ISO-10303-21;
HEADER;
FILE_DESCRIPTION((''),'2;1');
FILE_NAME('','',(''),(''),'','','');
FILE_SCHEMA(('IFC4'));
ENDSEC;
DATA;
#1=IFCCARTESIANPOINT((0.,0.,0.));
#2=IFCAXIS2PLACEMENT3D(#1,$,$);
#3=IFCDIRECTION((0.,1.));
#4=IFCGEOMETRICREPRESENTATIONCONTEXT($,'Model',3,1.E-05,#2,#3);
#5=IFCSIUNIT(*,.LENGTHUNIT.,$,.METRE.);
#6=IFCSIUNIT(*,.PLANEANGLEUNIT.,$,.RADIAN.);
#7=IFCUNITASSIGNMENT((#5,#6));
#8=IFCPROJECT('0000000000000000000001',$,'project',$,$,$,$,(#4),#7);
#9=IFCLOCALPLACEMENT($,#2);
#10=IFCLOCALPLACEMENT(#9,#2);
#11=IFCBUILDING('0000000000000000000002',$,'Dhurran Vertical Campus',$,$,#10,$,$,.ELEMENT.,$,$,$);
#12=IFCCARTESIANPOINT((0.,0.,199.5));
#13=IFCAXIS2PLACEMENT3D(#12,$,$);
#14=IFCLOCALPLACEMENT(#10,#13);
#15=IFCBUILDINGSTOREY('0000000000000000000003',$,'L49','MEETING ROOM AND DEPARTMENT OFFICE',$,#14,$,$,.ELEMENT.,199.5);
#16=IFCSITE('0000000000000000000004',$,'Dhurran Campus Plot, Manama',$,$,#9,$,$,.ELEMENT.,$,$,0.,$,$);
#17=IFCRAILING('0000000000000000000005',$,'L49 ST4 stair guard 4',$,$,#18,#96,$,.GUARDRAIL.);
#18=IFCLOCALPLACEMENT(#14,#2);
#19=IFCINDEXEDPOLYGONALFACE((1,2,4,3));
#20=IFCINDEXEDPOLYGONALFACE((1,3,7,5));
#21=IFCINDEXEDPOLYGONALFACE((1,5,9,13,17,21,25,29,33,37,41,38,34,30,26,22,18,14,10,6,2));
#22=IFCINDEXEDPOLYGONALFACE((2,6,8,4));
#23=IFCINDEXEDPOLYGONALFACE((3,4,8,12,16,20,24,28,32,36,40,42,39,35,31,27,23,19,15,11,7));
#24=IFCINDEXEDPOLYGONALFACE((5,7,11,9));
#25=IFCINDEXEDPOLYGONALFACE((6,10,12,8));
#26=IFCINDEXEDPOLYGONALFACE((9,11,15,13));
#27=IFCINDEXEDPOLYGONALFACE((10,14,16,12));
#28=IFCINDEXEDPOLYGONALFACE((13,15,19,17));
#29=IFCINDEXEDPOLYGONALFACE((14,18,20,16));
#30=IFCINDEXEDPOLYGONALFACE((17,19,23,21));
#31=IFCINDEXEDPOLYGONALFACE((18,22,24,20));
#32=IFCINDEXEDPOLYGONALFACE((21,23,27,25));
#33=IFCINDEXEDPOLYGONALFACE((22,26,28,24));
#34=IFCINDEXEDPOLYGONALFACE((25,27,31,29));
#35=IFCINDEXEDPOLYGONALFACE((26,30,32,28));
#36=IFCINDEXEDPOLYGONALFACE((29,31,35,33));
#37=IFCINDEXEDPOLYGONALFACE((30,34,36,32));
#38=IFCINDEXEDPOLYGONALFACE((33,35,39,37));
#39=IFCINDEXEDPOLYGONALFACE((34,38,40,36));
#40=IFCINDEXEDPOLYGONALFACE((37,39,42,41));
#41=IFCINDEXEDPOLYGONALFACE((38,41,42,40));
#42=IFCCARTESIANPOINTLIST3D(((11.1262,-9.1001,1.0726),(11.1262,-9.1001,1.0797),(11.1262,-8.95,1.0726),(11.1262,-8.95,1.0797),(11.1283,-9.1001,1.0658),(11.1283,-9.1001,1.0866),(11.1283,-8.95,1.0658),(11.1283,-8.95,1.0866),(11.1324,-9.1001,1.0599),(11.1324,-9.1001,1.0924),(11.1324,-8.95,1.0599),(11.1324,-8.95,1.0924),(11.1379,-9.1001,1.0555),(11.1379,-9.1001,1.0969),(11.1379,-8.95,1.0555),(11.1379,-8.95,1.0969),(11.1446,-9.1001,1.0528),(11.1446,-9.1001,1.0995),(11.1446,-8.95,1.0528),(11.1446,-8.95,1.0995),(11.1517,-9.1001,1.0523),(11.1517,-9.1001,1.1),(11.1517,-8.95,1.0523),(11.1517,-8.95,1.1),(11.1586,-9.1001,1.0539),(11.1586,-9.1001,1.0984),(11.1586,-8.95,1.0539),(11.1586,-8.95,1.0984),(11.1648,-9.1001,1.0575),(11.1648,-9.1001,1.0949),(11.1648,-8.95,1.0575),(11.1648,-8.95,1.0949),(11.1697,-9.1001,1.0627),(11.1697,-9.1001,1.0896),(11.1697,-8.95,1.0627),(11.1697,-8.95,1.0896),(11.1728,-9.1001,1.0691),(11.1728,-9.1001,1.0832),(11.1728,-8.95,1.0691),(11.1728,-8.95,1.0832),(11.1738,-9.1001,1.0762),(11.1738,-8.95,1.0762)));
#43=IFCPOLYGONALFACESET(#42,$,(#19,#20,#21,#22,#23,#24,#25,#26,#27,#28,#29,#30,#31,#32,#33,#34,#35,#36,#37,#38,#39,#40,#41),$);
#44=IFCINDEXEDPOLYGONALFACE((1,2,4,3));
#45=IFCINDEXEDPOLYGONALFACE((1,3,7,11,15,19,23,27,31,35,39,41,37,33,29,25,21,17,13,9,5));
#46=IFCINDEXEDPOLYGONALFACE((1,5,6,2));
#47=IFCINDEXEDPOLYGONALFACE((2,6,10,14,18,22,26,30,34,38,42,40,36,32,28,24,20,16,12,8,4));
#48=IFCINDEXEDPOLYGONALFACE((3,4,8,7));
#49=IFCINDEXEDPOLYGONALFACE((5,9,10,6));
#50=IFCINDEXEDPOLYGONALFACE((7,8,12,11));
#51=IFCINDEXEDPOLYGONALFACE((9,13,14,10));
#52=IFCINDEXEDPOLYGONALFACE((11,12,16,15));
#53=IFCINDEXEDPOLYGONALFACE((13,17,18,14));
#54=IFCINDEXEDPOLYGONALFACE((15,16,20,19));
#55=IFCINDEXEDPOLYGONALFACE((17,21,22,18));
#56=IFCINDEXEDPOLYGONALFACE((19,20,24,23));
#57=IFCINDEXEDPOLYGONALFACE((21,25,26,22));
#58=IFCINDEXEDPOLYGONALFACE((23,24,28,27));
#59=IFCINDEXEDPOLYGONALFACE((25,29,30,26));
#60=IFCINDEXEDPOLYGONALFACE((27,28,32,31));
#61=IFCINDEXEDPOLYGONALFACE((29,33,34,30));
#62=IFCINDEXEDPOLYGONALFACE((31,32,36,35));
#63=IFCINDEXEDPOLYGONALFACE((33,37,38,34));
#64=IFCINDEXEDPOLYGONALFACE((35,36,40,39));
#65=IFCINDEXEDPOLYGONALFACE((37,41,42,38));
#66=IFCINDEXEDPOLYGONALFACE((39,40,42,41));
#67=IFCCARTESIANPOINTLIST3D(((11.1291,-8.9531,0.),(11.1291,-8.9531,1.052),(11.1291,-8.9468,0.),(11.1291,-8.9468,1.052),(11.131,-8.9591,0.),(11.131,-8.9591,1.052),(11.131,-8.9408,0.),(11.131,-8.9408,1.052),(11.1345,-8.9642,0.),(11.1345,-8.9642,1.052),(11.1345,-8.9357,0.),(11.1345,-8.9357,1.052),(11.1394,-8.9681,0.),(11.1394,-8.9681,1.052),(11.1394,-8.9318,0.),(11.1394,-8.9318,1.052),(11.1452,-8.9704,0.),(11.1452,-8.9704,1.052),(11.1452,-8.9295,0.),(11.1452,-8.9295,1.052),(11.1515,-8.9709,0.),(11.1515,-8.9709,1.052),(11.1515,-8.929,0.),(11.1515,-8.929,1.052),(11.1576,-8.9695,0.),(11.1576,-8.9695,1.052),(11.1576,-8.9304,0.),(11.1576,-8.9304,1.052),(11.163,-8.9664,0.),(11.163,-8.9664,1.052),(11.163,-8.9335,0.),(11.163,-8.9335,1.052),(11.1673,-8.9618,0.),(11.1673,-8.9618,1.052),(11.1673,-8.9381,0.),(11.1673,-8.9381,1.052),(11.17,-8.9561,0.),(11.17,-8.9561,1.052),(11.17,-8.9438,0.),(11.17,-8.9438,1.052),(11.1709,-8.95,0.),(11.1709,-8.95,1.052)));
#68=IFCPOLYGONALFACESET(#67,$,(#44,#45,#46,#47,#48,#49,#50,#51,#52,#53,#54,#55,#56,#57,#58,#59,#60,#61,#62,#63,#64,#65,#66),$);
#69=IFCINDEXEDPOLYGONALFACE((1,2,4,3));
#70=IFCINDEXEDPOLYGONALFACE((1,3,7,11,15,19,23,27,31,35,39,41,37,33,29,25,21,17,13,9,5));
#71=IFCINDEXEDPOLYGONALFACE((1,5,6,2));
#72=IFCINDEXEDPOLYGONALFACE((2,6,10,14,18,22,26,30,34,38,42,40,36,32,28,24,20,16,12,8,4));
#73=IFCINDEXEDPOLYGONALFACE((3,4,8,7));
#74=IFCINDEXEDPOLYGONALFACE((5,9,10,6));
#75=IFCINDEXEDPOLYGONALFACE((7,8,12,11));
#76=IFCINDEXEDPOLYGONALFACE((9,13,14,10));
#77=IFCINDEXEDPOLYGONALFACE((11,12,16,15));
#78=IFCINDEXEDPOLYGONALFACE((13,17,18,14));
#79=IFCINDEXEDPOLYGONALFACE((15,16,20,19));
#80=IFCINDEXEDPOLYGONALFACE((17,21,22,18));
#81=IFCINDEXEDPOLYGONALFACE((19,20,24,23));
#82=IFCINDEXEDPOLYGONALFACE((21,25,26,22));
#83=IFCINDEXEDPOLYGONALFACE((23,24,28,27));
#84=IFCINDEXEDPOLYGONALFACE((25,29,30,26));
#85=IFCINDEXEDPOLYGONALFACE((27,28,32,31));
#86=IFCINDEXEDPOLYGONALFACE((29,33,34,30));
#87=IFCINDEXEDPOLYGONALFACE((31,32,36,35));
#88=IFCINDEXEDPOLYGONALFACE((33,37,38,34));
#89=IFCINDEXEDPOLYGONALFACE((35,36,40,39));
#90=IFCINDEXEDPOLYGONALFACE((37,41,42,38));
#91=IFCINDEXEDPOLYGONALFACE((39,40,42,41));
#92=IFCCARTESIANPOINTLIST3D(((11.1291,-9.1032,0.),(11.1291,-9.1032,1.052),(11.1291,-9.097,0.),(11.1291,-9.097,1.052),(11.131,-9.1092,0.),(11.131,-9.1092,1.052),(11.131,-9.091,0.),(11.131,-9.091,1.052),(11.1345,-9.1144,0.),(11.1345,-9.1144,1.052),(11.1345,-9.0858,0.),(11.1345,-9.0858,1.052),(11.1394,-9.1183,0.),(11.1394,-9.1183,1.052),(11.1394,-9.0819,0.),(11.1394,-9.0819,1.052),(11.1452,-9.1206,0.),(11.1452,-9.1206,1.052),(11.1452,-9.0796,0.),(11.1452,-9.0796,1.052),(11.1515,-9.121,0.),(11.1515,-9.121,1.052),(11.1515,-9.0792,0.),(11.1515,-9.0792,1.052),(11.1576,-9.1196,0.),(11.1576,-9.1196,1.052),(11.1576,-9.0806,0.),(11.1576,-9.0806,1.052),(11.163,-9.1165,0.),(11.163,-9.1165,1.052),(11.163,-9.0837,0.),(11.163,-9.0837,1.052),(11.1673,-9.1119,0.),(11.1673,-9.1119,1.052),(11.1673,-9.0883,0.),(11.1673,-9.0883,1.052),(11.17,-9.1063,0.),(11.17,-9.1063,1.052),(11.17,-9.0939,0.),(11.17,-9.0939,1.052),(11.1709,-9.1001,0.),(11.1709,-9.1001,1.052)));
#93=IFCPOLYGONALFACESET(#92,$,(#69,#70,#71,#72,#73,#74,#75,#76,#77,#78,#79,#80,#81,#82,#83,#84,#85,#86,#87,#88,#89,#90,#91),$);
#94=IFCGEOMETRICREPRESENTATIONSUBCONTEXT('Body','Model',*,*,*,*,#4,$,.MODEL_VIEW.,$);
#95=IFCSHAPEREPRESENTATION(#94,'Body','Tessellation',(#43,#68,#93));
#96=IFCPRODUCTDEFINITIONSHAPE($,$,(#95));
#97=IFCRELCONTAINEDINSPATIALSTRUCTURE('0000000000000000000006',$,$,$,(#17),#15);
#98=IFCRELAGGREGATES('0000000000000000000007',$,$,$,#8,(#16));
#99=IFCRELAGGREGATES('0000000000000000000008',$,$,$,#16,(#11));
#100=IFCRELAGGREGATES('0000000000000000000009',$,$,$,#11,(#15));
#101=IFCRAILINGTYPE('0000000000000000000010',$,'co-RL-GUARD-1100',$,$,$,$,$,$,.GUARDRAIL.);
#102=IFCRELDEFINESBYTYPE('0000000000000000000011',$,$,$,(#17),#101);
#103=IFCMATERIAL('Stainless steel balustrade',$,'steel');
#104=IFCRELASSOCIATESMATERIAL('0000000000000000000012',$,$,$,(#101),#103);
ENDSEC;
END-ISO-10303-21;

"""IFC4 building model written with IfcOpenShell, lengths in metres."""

from ifc_helpers import new_model, si_unit, direction, frame, origin, origin_2d, place, context, subcontext, project, spatial, circle, extrude, material, type_object, element, save


model = new_model("IFC4")

# Units and contexts
model_context = context("Model", 3, precision=1e-05, world=origin(), true_north=direction((0.0, 1.0)))
body_context = subcontext(model_context, "Body", "Model", "MODEL_VIEW")
ifc_project = project(units=[si_unit("LENGTHUNIT", "METRE"), si_unit("PLANEANGLEUNIT", "RADIAN")], contexts=[model_context])

# Site, building, storey
site_placement = place(None, origin())
site = spatial("IfcSite", under=ifc_project, at=site_placement, Name="Dhurran Campus Plot, Manama", CompositionType="ELEMENT", RefElevation=0.0)
building_placement = place(site_placement, origin())
building = spatial("IfcBuilding", under=site, at=building_placement, Name="Dhurran Vertical Campus", CompositionType="ELEMENT")
storey_placement = place(building_placement, frame((0.0, 0.0, 199.5)))
storey = spatial("IfcBuildingStorey", under=building, at=storey_placement, Name="L49", Description="MEETING ROOM AND DEPARTMENT OFFICE", CompositionType="ELEMENT", Elevation=199.5)

# Railing
ifc_material_1 = material(Name="Stainless steel balustrade", Category="steel")
railing_type_1 = type_object("IfcRailingType", Name="co-RL-GUARD-1100", PredefinedType="GUARDRAIL", material=ifc_material_1)
railing_1_placement = place(storey_placement, frame((11.1499, -8.95, 0.0)))
element("IfcRailing", 1, at=railing_1_placement, inside=storey, type_object=railing_type_1, Name="L49 ST4 stair guard 4", PredefinedType="GUARDRAIL", context=body_context, shape_type="SweptSolid", body=[
    extrude(circle(Radius=0.0239, at=origin_2d()), frame((0.0, 0.0, 1.0762), z_axis=(0.0, -1.0, 0.0), x_axis=(1.0, 0.0, 0.0)), (0.0, 0.0, 1.0), 0.1501),
    extrude(circle(Radius=0.021, at=origin_2d()), origin(), (0.0, 0.0, 1.0), 1.052),
    extrude(circle(Radius=0.021, at=origin_2d()), frame((0.0, -0.1501, 0.0)), (0.0, 0.0, 1.0), 1.052),
])

save(model, "model.ifc")
